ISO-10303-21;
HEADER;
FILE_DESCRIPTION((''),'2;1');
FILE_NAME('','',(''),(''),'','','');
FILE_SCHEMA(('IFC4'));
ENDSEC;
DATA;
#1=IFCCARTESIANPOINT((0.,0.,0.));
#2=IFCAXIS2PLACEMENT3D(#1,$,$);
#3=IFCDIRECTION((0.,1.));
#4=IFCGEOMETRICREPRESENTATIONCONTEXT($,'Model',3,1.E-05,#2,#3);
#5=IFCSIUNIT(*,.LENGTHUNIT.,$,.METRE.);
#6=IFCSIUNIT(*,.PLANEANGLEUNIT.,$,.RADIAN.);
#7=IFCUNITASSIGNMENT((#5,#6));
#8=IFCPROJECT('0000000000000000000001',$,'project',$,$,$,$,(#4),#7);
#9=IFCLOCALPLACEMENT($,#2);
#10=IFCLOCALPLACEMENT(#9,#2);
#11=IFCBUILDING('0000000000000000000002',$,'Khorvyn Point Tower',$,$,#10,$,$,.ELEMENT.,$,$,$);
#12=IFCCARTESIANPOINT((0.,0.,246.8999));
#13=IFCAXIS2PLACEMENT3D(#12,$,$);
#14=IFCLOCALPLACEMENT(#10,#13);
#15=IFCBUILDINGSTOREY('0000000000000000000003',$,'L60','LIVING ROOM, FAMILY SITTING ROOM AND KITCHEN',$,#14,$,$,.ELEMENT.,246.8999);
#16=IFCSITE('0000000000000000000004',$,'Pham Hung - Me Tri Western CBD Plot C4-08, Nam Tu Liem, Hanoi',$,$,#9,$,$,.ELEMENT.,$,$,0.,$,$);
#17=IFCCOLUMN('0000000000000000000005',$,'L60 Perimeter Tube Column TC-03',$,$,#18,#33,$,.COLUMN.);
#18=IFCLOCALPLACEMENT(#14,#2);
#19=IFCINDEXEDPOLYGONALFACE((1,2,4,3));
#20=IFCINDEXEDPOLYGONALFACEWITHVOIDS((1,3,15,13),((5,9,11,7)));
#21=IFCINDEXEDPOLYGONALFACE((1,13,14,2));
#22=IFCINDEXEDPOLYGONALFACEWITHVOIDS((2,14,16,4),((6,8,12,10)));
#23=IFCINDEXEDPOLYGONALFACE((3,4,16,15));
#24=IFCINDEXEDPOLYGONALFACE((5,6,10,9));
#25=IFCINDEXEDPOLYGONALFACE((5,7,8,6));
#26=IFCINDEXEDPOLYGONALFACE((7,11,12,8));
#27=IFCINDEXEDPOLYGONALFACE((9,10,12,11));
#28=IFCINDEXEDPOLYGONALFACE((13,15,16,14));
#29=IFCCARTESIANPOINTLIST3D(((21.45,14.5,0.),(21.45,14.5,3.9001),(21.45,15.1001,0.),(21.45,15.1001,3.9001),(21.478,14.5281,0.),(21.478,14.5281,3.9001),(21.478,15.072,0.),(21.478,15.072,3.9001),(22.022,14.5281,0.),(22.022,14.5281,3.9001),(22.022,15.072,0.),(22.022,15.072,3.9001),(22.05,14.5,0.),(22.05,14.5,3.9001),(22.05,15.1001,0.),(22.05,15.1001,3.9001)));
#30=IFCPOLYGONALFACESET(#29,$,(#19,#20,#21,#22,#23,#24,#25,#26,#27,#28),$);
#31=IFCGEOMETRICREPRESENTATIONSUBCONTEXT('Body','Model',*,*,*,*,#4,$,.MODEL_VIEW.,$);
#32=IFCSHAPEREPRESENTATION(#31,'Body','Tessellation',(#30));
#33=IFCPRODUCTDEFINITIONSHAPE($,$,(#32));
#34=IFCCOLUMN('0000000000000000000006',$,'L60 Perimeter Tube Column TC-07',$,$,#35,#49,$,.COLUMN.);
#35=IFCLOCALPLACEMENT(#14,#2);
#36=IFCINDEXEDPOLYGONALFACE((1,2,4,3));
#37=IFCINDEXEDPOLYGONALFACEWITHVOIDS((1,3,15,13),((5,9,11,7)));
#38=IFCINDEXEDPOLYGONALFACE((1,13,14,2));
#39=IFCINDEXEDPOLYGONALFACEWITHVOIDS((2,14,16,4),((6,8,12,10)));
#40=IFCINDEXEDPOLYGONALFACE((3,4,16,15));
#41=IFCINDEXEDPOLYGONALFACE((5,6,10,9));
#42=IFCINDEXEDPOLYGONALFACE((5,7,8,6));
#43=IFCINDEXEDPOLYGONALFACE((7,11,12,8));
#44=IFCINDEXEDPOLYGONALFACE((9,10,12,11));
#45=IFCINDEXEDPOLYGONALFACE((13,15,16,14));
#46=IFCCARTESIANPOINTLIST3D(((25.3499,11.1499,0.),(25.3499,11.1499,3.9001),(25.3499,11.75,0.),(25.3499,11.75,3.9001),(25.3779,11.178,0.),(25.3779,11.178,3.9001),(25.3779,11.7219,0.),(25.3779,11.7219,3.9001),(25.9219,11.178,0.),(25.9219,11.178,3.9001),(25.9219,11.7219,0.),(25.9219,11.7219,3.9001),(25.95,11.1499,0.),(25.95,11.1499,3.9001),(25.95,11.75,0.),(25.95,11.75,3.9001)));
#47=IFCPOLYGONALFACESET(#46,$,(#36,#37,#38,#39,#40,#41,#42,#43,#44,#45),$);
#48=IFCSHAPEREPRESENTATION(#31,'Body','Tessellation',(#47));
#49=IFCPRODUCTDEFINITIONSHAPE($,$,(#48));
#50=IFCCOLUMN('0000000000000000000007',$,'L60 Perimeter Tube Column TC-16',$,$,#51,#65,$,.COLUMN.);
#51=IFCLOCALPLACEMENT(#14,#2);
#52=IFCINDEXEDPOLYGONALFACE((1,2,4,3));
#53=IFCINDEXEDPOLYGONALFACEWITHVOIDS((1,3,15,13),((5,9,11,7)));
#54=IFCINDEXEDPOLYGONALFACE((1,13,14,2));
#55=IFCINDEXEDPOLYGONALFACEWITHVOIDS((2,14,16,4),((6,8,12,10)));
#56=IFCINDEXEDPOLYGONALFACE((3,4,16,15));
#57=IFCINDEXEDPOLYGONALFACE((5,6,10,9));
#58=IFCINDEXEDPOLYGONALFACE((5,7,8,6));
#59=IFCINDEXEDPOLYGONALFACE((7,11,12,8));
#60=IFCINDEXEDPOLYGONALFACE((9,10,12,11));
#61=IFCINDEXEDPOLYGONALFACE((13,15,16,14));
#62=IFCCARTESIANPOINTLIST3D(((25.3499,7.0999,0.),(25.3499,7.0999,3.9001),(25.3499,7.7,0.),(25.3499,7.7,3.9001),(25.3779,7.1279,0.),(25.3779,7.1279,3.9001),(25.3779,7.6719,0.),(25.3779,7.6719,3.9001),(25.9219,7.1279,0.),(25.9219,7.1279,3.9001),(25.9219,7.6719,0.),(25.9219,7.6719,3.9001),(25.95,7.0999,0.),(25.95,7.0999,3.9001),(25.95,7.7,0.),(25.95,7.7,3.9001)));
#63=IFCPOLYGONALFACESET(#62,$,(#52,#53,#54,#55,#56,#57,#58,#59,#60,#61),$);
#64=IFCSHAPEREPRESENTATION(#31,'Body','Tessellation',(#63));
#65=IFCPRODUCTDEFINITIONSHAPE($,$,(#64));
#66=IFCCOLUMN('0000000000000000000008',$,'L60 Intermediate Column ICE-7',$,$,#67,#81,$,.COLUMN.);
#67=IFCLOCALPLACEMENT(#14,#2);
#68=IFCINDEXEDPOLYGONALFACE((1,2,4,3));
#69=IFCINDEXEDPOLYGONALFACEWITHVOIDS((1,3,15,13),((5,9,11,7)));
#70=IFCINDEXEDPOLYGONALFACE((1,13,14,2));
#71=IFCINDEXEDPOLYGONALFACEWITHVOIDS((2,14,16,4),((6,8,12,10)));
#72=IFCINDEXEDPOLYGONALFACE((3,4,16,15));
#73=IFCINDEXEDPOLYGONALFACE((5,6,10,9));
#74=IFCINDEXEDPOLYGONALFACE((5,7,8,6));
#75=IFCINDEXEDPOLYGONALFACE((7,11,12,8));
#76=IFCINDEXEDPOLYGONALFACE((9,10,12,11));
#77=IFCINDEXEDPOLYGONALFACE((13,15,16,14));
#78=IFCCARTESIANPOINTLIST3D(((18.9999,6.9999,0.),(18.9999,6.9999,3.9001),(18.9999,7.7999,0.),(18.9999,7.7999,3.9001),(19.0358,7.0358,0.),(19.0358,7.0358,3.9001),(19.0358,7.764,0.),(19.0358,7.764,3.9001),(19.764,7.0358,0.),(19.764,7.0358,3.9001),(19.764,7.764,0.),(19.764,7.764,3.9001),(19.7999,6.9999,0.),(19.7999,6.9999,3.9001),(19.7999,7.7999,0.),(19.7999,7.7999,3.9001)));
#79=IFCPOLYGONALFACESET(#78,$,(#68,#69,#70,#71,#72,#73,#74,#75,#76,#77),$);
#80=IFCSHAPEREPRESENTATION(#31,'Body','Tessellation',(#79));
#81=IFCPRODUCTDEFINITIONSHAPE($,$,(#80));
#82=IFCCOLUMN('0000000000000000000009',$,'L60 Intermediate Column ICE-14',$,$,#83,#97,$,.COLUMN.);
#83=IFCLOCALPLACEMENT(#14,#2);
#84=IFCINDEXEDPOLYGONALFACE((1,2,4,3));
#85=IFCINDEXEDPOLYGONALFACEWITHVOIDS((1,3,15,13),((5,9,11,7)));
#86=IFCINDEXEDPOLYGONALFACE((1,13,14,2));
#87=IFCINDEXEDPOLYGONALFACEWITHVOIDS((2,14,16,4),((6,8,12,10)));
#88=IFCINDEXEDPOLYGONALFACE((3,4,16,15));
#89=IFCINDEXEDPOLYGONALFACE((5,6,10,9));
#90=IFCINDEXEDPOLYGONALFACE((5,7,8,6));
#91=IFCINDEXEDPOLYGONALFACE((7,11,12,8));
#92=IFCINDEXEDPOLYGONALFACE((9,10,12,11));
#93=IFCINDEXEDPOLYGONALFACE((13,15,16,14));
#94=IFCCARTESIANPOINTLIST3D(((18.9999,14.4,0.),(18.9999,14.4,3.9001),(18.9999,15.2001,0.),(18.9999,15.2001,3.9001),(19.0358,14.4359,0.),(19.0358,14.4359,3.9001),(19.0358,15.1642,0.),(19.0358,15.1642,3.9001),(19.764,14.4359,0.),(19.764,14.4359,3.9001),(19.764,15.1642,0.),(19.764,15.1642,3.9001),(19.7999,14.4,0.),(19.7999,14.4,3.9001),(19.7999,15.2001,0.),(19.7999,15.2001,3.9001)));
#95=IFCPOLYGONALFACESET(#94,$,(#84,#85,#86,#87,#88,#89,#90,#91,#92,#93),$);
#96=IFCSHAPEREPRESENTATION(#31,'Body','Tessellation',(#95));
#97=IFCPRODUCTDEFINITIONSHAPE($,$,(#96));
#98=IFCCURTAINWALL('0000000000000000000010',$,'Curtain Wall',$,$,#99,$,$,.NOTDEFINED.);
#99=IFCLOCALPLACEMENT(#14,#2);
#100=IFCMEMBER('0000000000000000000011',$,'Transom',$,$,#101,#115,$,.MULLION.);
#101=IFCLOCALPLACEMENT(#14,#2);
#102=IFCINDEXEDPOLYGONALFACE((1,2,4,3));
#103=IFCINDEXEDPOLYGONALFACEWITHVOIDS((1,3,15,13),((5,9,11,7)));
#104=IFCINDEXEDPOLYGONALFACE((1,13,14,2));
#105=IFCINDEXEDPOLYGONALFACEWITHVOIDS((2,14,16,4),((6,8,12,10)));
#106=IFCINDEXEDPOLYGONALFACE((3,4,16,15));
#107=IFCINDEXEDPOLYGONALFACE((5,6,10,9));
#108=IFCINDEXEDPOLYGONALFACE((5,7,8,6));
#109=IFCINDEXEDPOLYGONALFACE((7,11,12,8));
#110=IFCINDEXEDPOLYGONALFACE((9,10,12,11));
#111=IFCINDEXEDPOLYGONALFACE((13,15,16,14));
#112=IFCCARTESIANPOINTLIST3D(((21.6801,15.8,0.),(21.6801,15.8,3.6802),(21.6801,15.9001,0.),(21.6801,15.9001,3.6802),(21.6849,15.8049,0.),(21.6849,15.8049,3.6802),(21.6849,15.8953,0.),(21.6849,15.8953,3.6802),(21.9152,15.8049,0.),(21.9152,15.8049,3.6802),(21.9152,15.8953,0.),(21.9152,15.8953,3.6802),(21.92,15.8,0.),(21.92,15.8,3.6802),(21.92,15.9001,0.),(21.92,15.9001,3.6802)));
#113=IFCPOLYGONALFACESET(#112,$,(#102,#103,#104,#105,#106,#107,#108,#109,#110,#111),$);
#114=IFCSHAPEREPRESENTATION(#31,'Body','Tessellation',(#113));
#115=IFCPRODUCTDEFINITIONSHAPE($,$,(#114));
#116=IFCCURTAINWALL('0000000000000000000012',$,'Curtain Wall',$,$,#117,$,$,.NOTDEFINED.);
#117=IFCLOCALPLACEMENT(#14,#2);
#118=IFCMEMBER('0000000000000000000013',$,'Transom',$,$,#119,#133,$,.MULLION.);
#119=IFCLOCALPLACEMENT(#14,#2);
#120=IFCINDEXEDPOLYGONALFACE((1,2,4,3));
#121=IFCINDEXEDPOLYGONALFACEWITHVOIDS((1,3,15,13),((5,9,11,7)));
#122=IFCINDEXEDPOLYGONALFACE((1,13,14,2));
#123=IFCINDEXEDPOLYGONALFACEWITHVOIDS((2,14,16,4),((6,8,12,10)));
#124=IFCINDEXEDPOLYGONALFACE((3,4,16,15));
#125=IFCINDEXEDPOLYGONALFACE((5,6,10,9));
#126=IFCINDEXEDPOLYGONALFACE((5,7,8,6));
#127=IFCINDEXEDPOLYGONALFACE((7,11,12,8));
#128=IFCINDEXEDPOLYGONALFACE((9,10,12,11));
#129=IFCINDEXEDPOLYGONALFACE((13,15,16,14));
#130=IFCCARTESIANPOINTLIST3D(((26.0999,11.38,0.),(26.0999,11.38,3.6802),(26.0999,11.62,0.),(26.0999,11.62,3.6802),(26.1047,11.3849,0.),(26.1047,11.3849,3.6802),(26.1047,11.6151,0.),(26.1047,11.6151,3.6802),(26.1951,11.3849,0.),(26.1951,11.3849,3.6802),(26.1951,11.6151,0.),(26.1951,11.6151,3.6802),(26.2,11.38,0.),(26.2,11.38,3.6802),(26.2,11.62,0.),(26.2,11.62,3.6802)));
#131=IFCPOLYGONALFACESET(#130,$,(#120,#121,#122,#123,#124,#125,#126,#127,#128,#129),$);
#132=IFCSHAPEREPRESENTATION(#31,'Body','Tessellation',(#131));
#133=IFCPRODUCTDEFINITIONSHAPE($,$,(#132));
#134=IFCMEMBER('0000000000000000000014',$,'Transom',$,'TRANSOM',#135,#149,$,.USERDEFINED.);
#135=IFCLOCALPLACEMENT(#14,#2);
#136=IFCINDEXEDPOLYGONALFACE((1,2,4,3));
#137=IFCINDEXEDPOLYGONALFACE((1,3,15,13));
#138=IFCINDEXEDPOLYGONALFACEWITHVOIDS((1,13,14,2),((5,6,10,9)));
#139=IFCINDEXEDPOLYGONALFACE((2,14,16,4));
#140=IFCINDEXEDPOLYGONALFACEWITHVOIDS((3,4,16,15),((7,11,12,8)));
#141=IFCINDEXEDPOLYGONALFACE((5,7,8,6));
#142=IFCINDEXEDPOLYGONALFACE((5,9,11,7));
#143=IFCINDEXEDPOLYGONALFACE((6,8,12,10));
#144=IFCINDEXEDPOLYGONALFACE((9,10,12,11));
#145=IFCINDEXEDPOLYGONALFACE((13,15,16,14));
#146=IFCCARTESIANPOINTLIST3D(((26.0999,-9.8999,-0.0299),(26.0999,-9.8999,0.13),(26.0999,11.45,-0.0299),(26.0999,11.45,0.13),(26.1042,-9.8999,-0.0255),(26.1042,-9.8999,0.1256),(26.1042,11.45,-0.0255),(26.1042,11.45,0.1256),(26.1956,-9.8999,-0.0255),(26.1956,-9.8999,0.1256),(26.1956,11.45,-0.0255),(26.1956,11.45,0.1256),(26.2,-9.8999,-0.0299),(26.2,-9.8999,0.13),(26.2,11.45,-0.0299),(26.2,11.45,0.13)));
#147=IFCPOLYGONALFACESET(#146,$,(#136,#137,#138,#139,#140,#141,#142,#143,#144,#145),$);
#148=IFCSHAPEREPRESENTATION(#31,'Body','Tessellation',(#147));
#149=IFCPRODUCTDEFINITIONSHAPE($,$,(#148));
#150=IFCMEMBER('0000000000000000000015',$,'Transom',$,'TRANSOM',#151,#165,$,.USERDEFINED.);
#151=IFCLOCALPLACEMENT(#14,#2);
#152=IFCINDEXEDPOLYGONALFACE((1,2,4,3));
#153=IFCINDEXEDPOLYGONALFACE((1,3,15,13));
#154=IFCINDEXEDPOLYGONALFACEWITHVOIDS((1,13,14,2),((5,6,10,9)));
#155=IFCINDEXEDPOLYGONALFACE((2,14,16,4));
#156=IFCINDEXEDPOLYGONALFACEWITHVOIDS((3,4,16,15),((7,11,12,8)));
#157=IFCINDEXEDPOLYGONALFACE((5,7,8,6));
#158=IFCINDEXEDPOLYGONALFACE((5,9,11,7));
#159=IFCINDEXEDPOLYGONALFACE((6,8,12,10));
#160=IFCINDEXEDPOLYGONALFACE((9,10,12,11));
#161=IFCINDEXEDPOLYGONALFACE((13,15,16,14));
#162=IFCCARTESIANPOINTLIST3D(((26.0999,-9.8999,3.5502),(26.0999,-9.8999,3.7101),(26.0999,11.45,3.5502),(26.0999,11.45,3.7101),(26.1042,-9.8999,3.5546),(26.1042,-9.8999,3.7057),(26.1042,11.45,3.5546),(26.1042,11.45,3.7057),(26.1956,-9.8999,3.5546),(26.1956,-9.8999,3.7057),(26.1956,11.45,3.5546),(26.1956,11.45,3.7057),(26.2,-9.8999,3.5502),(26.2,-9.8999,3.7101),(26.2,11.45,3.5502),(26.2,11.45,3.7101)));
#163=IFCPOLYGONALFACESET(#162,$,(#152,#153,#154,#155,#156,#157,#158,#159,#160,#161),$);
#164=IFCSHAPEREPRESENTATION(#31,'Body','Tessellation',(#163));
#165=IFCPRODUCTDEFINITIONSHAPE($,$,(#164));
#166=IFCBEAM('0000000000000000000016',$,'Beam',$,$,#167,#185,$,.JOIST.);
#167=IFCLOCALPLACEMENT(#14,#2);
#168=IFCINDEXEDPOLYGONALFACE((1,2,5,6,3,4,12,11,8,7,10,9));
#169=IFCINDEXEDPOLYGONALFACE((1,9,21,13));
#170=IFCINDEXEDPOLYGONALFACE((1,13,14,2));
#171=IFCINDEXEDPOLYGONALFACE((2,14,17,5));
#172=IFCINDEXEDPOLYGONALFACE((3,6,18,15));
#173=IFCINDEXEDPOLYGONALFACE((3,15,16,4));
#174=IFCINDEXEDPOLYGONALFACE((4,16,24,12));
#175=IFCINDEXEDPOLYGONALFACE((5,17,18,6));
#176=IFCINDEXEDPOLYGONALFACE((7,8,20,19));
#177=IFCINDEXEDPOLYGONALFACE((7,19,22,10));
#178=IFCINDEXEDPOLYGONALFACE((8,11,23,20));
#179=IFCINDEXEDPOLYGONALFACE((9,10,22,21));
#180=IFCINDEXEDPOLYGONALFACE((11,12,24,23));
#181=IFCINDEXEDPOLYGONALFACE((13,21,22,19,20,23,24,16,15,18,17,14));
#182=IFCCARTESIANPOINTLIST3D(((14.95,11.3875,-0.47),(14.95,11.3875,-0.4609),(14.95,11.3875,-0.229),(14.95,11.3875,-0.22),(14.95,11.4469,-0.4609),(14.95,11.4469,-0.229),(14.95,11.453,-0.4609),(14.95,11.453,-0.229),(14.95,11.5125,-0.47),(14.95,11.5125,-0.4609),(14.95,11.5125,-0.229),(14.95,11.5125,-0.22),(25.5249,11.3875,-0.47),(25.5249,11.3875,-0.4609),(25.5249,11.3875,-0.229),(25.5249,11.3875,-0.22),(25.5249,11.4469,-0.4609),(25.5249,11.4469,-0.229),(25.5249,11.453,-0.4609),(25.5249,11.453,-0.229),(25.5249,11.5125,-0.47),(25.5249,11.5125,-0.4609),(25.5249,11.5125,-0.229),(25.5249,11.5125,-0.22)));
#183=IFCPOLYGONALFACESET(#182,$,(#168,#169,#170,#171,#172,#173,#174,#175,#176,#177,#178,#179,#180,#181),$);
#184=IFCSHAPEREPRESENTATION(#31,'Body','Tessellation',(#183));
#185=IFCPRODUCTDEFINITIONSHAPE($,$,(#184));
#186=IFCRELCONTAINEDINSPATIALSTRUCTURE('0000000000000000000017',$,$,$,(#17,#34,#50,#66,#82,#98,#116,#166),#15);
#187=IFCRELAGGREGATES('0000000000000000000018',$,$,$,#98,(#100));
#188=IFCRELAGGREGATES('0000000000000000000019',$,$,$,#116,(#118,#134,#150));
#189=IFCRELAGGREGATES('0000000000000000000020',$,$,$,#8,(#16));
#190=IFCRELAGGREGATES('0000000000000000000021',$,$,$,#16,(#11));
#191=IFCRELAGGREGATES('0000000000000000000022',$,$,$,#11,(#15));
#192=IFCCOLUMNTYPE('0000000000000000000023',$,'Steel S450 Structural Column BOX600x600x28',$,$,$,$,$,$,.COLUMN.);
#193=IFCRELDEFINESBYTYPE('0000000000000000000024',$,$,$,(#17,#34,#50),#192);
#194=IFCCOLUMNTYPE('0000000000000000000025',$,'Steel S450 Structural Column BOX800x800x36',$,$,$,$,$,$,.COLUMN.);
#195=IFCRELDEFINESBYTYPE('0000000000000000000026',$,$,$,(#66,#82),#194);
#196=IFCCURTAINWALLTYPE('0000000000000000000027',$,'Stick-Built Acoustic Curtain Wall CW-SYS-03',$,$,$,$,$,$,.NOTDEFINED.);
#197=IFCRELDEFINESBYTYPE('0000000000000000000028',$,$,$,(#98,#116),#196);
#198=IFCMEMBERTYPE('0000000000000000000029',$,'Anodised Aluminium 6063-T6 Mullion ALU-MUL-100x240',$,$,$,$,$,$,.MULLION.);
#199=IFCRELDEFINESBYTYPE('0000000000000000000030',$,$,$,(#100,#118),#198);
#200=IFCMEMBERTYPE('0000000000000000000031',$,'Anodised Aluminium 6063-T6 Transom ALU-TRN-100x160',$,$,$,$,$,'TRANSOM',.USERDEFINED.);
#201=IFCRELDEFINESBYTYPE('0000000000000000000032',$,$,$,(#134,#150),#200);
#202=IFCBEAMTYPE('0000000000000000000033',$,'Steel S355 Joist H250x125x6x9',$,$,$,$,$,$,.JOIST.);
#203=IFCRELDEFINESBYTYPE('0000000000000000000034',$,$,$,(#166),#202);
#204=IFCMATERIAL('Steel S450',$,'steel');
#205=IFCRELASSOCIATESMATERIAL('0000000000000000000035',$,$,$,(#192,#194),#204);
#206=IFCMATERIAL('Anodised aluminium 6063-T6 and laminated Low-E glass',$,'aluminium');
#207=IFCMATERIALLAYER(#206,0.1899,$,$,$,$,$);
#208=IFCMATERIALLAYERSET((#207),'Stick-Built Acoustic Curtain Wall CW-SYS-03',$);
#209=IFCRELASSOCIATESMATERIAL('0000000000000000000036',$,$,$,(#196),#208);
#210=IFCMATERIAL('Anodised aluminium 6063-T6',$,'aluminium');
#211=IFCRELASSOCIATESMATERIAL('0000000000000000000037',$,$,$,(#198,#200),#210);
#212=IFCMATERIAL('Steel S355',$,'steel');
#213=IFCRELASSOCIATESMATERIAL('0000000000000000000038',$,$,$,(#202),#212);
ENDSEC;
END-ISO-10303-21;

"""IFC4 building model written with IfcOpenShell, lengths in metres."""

from ifc_helpers import new_model, si_unit, direction, frame, origin, origin_2d, place, context, subcontext, project, spatial, hollow_rectangle, i_section, extrude, material, layer, layer_set, material_profile, profile_set, type_object, element, aggregate, save


model = new_model("IFC4")

# Units and contexts
model_context = context("Model", 3, precision=1e-05, world=origin(), true_north=direction((0.0, 1.0)))
body_context = subcontext(model_context, "Body", "Model", "MODEL_VIEW")
ifc_project = project(units=[si_unit("LENGTHUNIT", "METRE"), si_unit("PLANEANGLEUNIT", "RADIAN")], contexts=[model_context])

# Site, building, storey
site_placement = place(None, origin())
site = spatial("IfcSite", under=ifc_project, at=site_placement, Name="Pham Hung - Me Tri Western CBD Plot C4-08, Nam Tu Liem, Hanoi", CompositionType="ELEMENT", RefElevation=0.0)
building_placement = place(site_placement, origin())
building = spatial("IfcBuilding", under=site, at=building_placement, Name="Khorvyn Point Tower", CompositionType="ELEMENT")
storey_placement = place(building_placement, frame((0.0, 0.0, 246.8999)))
storey = spatial("IfcBuildingStorey", under=building, at=storey_placement, Name="L60", Description="LIVING ROOM, FAMILY SITTING ROOM AND KITCHEN", CompositionType="ELEMENT", Elevation=246.8999)

# Columns
ifc_material_1 = material(Name="Steel S450", Category="steel")
ifc_material_profile_1 = material_profile(ifc_material_1, hollow_rectangle(XDim=0.6001, YDim=0.6001, WallThickness=0.0281, at=origin_2d()))
ifc_profile_set_1 = profile_set([ifc_material_profile_1], Name="Steel S450 BOX600x600x28")
column_type_1 = type_object("IfcColumnType", Name="Steel S450 Structural Column BOX600x600x28", PredefinedType="COLUMN", material=ifc_profile_set_1)
for number, where, z_axis, x_axis, name in (
    (1, (21.75, 14.8, 0.0), (0.0, 0.0, 1.0), (1.0, 0.0, 0.0), "L60 Perimeter Tube Column TC-03"),
    (2, (25.6499, 11.45, 0.0), (0.0, 0.0, 1.0), (1.0, 0.0, 0.0), "L60 Perimeter Tube Column TC-07"),
    (3, (25.6499, 7.3999, 0.0), (0.0, 0.0, 1.0), (1.0, 0.0, 0.0), "L60 Perimeter Tube Column TC-16"),
):
    element("IfcColumn", number, at=place(storey_placement, frame(where, z_axis=z_axis, x_axis=x_axis)), inside=storey, type_object=column_type_1, Name=name, PredefinedType="COLUMN", context=body_context, shape_type="SweptSolid", body=[
        extrude(hollow_rectangle(XDim=0.6001, YDim=0.6001, WallThickness=0.0281, at=origin_2d()), origin(), (0.0, 0.0, 1.0), 3.9001),
    ])
ifc_material_profile_2 = material_profile(ifc_material_1, hollow_rectangle(XDim=0.8, YDim=0.8, WallThickness=0.0359, at=origin_2d()))
ifc_profile_set_2 = profile_set([ifc_material_profile_2], Name="Steel S450 BOX800x800x36")
column_type_2 = type_object("IfcColumnType", Name="Steel S450 Structural Column BOX800x800x36", PredefinedType="COLUMN", material=ifc_profile_set_2)
for number, where, z_axis, x_axis, name in (
    (4, (19.3999, 7.3999, 0.0), (0.0, 0.0, 1.0), (1.0, 0.0, 0.0), "L60 Intermediate Column ICE-7"),
    (5, (19.3999, 14.8, 0.0), (0.0, 0.0, 1.0), (1.0, 0.0, 0.0), "L60 Intermediate Column ICE-14"),
):
    element("IfcColumn", number, at=place(storey_placement, frame(where, z_axis=z_axis, x_axis=x_axis)), inside=storey, type_object=column_type_2, Name=name, PredefinedType="COLUMN", context=body_context, shape_type="SweptSolid", body=[
        extrude(hollow_rectangle(XDim=0.8, YDim=0.8, WallThickness=0.0359, at=origin_2d()), origin(), (0.0, 0.0, 1.0), 3.9001),
    ])

# Curtain wall, member
ifc_material_2 = material(Name="Anodised aluminium 6063-T6 and laminated Low-E glass", Category="aluminium")
ifc_layer_1 = layer(ifc_material_2, 0.1899)
ifc_layer_set_1 = layer_set([ifc_layer_1], Name="Stick-Built Acoustic Curtain Wall CW-SYS-03")
curtain_wall_type = type_object("IfcCurtainWallType", Name="Stick-Built Acoustic Curtain Wall CW-SYS-03", PredefinedType="NOTDEFINED", material=ifc_layer_set_1)
curtain_wall_1_placement = place(storey_placement, origin())
curtain_wall_1 = element("IfcCurtainWall", 6, at=curtain_wall_1_placement, inside=storey, type_object=curtain_wall_type, Name="Curtain Wall", PredefinedType="NOTDEFINED")
ifc_material_3 = material(Name="Anodised aluminium 6063-T6", Category="aluminium")
ifc_material_profile_3 = material_profile(ifc_material_3, hollow_rectangle(XDim=0.1001, YDim=0.24, WallThickness=0.0049, at=origin_2d()))
ifc_profile_set_3 = profile_set([ifc_material_profile_3], Name="Anodised aluminium 6063-T6 ALU-MUL-100x240")
member_type_1 = type_object("IfcMemberType", Name="Anodised Aluminium 6063-T6 Mullion ALU-MUL-100x240", PredefinedType="MULLION", material=ifc_profile_set_3)
member_1_placement = place(storey_placement, frame((21.8, 15.8501, 0.0), z_axis=(0.0, 0.0, 1.0), x_axis=(0.0, 1.0, 0.0)))
member_1 = element("IfcMember", 7, at=member_1_placement, type_object=member_type_1, Name="Transom", PredefinedType="MULLION", context=body_context, shape_type="SweptSolid", body=[
    extrude(hollow_rectangle(XDim=0.1001, YDim=0.24, WallThickness=0.0049, at=origin_2d()), origin(), (0.0, 0.0, 1.0), 3.6802),
])
aggregate(curtain_wall_1, [member_1])

# Curtain wall, members
curtain_wall_2_placement = place(storey_placement, origin())
curtain_wall_2 = element("IfcCurtainWall", 8, at=curtain_wall_2_placement, inside=storey, type_object=curtain_wall_type, Name="Curtain Wall", PredefinedType="NOTDEFINED")
member_2_placement = place(storey_placement, frame((26.1499, 11.5, 0.0), z_axis=(0.0, 0.0, 1.0), x_axis=(1.0, 0.0, 0.0)))
member_2 = element("IfcMember", 9, at=member_2_placement, type_object=member_type_1, Name="Transom", PredefinedType="MULLION", context=body_context, shape_type="SweptSolid", body=[
    extrude(hollow_rectangle(XDim=0.1001, YDim=0.24, WallThickness=0.0049, at=origin_2d()), origin(), (0.0, 0.0, 1.0), 3.6802),
])
ifc_material_profile_4 = material_profile(ifc_material_3, hollow_rectangle(XDim=0.1001, YDim=0.1599, WallThickness=0.0044, at=origin_2d()))
ifc_profile_set_4 = profile_set([ifc_material_profile_4], Name="Anodised aluminium 6063-T6 ALU-TRN-100x160")
member_type_2 = type_object("IfcMemberType", Name="Anodised Aluminium 6063-T6 Transom ALU-TRN-100x160", ElementType="TRANSOM", PredefinedType="USERDEFINED", material=ifc_profile_set_4)
member_3_placement = place(storey_placement, frame((26.1499, 11.45, 0.05), z_axis=(0.0, -1.0, 0.0), x_axis=(1.0, 0.0, 0.0)))
member_3 = element("IfcMember", 10, at=member_3_placement, type_object=member_type_2, Name="Transom", ObjectType="TRANSOM", PredefinedType="USERDEFINED", context=body_context, shape_type="SweptSolid", body=[
    extrude(hollow_rectangle(XDim=0.1001, YDim=0.1599, WallThickness=0.0044, at=origin_2d()), origin(), (0.0, 0.0, 1.0), 21.3499),
])
member_4_placement = place(storey_placement, frame((26.1499, 11.45, 3.6301), z_axis=(0.0, -1.0, 0.0), x_axis=(1.0, 0.0, 0.0)))
member_4 = element("IfcMember", 11, at=member_4_placement, type_object=member_type_2, Name="Transom", ObjectType="TRANSOM", PredefinedType="USERDEFINED", context=body_context, shape_type="SweptSolid", body=[
    extrude(hollow_rectangle(XDim=0.1001, YDim=0.1599, WallThickness=0.0044, at=origin_2d()), origin(), (0.0, 0.0, 1.0), 21.3499),
])

# Beam
ifc_material_4 = material(Name="Steel S355", Category="steel")
ifc_material_profile_5 = material_profile(ifc_material_4, i_section(OverallWidth=0.125, OverallDepth=0.25, WebThickness=0.0061, FlangeThickness=0.009, at=origin_2d()))
ifc_profile_set_5 = profile_set([ifc_material_profile_5], Name="Steel S355 H250x125x6x9")
beam_type_1 = type_object("IfcBeamType", Name="Steel S355 Joist H250x125x6x9", PredefinedType="JOIST", material=ifc_profile_set_5)
beam_1_placement = place(storey_placement, frame((14.95, 11.45, -0.345), z_axis=(1.0, 0.0, 0.0), x_axis=(0.0, 1.0, 0.0)))
element("IfcBeam", 12, at=beam_1_placement, inside=storey, type_object=beam_type_1, Name="Beam", PredefinedType="JOIST", context=body_context, shape_type="SweptSolid", body=[
    extrude(i_section(OverallWidth=0.125, OverallDepth=0.25, WebThickness=0.0061, FlangeThickness=0.009, at=origin_2d()), origin(), (0.0, 0.0, 1.0), 10.575),
])

aggregate(curtain_wall_2, [member_2, member_3, member_4])

save(model, "model.ifc")
